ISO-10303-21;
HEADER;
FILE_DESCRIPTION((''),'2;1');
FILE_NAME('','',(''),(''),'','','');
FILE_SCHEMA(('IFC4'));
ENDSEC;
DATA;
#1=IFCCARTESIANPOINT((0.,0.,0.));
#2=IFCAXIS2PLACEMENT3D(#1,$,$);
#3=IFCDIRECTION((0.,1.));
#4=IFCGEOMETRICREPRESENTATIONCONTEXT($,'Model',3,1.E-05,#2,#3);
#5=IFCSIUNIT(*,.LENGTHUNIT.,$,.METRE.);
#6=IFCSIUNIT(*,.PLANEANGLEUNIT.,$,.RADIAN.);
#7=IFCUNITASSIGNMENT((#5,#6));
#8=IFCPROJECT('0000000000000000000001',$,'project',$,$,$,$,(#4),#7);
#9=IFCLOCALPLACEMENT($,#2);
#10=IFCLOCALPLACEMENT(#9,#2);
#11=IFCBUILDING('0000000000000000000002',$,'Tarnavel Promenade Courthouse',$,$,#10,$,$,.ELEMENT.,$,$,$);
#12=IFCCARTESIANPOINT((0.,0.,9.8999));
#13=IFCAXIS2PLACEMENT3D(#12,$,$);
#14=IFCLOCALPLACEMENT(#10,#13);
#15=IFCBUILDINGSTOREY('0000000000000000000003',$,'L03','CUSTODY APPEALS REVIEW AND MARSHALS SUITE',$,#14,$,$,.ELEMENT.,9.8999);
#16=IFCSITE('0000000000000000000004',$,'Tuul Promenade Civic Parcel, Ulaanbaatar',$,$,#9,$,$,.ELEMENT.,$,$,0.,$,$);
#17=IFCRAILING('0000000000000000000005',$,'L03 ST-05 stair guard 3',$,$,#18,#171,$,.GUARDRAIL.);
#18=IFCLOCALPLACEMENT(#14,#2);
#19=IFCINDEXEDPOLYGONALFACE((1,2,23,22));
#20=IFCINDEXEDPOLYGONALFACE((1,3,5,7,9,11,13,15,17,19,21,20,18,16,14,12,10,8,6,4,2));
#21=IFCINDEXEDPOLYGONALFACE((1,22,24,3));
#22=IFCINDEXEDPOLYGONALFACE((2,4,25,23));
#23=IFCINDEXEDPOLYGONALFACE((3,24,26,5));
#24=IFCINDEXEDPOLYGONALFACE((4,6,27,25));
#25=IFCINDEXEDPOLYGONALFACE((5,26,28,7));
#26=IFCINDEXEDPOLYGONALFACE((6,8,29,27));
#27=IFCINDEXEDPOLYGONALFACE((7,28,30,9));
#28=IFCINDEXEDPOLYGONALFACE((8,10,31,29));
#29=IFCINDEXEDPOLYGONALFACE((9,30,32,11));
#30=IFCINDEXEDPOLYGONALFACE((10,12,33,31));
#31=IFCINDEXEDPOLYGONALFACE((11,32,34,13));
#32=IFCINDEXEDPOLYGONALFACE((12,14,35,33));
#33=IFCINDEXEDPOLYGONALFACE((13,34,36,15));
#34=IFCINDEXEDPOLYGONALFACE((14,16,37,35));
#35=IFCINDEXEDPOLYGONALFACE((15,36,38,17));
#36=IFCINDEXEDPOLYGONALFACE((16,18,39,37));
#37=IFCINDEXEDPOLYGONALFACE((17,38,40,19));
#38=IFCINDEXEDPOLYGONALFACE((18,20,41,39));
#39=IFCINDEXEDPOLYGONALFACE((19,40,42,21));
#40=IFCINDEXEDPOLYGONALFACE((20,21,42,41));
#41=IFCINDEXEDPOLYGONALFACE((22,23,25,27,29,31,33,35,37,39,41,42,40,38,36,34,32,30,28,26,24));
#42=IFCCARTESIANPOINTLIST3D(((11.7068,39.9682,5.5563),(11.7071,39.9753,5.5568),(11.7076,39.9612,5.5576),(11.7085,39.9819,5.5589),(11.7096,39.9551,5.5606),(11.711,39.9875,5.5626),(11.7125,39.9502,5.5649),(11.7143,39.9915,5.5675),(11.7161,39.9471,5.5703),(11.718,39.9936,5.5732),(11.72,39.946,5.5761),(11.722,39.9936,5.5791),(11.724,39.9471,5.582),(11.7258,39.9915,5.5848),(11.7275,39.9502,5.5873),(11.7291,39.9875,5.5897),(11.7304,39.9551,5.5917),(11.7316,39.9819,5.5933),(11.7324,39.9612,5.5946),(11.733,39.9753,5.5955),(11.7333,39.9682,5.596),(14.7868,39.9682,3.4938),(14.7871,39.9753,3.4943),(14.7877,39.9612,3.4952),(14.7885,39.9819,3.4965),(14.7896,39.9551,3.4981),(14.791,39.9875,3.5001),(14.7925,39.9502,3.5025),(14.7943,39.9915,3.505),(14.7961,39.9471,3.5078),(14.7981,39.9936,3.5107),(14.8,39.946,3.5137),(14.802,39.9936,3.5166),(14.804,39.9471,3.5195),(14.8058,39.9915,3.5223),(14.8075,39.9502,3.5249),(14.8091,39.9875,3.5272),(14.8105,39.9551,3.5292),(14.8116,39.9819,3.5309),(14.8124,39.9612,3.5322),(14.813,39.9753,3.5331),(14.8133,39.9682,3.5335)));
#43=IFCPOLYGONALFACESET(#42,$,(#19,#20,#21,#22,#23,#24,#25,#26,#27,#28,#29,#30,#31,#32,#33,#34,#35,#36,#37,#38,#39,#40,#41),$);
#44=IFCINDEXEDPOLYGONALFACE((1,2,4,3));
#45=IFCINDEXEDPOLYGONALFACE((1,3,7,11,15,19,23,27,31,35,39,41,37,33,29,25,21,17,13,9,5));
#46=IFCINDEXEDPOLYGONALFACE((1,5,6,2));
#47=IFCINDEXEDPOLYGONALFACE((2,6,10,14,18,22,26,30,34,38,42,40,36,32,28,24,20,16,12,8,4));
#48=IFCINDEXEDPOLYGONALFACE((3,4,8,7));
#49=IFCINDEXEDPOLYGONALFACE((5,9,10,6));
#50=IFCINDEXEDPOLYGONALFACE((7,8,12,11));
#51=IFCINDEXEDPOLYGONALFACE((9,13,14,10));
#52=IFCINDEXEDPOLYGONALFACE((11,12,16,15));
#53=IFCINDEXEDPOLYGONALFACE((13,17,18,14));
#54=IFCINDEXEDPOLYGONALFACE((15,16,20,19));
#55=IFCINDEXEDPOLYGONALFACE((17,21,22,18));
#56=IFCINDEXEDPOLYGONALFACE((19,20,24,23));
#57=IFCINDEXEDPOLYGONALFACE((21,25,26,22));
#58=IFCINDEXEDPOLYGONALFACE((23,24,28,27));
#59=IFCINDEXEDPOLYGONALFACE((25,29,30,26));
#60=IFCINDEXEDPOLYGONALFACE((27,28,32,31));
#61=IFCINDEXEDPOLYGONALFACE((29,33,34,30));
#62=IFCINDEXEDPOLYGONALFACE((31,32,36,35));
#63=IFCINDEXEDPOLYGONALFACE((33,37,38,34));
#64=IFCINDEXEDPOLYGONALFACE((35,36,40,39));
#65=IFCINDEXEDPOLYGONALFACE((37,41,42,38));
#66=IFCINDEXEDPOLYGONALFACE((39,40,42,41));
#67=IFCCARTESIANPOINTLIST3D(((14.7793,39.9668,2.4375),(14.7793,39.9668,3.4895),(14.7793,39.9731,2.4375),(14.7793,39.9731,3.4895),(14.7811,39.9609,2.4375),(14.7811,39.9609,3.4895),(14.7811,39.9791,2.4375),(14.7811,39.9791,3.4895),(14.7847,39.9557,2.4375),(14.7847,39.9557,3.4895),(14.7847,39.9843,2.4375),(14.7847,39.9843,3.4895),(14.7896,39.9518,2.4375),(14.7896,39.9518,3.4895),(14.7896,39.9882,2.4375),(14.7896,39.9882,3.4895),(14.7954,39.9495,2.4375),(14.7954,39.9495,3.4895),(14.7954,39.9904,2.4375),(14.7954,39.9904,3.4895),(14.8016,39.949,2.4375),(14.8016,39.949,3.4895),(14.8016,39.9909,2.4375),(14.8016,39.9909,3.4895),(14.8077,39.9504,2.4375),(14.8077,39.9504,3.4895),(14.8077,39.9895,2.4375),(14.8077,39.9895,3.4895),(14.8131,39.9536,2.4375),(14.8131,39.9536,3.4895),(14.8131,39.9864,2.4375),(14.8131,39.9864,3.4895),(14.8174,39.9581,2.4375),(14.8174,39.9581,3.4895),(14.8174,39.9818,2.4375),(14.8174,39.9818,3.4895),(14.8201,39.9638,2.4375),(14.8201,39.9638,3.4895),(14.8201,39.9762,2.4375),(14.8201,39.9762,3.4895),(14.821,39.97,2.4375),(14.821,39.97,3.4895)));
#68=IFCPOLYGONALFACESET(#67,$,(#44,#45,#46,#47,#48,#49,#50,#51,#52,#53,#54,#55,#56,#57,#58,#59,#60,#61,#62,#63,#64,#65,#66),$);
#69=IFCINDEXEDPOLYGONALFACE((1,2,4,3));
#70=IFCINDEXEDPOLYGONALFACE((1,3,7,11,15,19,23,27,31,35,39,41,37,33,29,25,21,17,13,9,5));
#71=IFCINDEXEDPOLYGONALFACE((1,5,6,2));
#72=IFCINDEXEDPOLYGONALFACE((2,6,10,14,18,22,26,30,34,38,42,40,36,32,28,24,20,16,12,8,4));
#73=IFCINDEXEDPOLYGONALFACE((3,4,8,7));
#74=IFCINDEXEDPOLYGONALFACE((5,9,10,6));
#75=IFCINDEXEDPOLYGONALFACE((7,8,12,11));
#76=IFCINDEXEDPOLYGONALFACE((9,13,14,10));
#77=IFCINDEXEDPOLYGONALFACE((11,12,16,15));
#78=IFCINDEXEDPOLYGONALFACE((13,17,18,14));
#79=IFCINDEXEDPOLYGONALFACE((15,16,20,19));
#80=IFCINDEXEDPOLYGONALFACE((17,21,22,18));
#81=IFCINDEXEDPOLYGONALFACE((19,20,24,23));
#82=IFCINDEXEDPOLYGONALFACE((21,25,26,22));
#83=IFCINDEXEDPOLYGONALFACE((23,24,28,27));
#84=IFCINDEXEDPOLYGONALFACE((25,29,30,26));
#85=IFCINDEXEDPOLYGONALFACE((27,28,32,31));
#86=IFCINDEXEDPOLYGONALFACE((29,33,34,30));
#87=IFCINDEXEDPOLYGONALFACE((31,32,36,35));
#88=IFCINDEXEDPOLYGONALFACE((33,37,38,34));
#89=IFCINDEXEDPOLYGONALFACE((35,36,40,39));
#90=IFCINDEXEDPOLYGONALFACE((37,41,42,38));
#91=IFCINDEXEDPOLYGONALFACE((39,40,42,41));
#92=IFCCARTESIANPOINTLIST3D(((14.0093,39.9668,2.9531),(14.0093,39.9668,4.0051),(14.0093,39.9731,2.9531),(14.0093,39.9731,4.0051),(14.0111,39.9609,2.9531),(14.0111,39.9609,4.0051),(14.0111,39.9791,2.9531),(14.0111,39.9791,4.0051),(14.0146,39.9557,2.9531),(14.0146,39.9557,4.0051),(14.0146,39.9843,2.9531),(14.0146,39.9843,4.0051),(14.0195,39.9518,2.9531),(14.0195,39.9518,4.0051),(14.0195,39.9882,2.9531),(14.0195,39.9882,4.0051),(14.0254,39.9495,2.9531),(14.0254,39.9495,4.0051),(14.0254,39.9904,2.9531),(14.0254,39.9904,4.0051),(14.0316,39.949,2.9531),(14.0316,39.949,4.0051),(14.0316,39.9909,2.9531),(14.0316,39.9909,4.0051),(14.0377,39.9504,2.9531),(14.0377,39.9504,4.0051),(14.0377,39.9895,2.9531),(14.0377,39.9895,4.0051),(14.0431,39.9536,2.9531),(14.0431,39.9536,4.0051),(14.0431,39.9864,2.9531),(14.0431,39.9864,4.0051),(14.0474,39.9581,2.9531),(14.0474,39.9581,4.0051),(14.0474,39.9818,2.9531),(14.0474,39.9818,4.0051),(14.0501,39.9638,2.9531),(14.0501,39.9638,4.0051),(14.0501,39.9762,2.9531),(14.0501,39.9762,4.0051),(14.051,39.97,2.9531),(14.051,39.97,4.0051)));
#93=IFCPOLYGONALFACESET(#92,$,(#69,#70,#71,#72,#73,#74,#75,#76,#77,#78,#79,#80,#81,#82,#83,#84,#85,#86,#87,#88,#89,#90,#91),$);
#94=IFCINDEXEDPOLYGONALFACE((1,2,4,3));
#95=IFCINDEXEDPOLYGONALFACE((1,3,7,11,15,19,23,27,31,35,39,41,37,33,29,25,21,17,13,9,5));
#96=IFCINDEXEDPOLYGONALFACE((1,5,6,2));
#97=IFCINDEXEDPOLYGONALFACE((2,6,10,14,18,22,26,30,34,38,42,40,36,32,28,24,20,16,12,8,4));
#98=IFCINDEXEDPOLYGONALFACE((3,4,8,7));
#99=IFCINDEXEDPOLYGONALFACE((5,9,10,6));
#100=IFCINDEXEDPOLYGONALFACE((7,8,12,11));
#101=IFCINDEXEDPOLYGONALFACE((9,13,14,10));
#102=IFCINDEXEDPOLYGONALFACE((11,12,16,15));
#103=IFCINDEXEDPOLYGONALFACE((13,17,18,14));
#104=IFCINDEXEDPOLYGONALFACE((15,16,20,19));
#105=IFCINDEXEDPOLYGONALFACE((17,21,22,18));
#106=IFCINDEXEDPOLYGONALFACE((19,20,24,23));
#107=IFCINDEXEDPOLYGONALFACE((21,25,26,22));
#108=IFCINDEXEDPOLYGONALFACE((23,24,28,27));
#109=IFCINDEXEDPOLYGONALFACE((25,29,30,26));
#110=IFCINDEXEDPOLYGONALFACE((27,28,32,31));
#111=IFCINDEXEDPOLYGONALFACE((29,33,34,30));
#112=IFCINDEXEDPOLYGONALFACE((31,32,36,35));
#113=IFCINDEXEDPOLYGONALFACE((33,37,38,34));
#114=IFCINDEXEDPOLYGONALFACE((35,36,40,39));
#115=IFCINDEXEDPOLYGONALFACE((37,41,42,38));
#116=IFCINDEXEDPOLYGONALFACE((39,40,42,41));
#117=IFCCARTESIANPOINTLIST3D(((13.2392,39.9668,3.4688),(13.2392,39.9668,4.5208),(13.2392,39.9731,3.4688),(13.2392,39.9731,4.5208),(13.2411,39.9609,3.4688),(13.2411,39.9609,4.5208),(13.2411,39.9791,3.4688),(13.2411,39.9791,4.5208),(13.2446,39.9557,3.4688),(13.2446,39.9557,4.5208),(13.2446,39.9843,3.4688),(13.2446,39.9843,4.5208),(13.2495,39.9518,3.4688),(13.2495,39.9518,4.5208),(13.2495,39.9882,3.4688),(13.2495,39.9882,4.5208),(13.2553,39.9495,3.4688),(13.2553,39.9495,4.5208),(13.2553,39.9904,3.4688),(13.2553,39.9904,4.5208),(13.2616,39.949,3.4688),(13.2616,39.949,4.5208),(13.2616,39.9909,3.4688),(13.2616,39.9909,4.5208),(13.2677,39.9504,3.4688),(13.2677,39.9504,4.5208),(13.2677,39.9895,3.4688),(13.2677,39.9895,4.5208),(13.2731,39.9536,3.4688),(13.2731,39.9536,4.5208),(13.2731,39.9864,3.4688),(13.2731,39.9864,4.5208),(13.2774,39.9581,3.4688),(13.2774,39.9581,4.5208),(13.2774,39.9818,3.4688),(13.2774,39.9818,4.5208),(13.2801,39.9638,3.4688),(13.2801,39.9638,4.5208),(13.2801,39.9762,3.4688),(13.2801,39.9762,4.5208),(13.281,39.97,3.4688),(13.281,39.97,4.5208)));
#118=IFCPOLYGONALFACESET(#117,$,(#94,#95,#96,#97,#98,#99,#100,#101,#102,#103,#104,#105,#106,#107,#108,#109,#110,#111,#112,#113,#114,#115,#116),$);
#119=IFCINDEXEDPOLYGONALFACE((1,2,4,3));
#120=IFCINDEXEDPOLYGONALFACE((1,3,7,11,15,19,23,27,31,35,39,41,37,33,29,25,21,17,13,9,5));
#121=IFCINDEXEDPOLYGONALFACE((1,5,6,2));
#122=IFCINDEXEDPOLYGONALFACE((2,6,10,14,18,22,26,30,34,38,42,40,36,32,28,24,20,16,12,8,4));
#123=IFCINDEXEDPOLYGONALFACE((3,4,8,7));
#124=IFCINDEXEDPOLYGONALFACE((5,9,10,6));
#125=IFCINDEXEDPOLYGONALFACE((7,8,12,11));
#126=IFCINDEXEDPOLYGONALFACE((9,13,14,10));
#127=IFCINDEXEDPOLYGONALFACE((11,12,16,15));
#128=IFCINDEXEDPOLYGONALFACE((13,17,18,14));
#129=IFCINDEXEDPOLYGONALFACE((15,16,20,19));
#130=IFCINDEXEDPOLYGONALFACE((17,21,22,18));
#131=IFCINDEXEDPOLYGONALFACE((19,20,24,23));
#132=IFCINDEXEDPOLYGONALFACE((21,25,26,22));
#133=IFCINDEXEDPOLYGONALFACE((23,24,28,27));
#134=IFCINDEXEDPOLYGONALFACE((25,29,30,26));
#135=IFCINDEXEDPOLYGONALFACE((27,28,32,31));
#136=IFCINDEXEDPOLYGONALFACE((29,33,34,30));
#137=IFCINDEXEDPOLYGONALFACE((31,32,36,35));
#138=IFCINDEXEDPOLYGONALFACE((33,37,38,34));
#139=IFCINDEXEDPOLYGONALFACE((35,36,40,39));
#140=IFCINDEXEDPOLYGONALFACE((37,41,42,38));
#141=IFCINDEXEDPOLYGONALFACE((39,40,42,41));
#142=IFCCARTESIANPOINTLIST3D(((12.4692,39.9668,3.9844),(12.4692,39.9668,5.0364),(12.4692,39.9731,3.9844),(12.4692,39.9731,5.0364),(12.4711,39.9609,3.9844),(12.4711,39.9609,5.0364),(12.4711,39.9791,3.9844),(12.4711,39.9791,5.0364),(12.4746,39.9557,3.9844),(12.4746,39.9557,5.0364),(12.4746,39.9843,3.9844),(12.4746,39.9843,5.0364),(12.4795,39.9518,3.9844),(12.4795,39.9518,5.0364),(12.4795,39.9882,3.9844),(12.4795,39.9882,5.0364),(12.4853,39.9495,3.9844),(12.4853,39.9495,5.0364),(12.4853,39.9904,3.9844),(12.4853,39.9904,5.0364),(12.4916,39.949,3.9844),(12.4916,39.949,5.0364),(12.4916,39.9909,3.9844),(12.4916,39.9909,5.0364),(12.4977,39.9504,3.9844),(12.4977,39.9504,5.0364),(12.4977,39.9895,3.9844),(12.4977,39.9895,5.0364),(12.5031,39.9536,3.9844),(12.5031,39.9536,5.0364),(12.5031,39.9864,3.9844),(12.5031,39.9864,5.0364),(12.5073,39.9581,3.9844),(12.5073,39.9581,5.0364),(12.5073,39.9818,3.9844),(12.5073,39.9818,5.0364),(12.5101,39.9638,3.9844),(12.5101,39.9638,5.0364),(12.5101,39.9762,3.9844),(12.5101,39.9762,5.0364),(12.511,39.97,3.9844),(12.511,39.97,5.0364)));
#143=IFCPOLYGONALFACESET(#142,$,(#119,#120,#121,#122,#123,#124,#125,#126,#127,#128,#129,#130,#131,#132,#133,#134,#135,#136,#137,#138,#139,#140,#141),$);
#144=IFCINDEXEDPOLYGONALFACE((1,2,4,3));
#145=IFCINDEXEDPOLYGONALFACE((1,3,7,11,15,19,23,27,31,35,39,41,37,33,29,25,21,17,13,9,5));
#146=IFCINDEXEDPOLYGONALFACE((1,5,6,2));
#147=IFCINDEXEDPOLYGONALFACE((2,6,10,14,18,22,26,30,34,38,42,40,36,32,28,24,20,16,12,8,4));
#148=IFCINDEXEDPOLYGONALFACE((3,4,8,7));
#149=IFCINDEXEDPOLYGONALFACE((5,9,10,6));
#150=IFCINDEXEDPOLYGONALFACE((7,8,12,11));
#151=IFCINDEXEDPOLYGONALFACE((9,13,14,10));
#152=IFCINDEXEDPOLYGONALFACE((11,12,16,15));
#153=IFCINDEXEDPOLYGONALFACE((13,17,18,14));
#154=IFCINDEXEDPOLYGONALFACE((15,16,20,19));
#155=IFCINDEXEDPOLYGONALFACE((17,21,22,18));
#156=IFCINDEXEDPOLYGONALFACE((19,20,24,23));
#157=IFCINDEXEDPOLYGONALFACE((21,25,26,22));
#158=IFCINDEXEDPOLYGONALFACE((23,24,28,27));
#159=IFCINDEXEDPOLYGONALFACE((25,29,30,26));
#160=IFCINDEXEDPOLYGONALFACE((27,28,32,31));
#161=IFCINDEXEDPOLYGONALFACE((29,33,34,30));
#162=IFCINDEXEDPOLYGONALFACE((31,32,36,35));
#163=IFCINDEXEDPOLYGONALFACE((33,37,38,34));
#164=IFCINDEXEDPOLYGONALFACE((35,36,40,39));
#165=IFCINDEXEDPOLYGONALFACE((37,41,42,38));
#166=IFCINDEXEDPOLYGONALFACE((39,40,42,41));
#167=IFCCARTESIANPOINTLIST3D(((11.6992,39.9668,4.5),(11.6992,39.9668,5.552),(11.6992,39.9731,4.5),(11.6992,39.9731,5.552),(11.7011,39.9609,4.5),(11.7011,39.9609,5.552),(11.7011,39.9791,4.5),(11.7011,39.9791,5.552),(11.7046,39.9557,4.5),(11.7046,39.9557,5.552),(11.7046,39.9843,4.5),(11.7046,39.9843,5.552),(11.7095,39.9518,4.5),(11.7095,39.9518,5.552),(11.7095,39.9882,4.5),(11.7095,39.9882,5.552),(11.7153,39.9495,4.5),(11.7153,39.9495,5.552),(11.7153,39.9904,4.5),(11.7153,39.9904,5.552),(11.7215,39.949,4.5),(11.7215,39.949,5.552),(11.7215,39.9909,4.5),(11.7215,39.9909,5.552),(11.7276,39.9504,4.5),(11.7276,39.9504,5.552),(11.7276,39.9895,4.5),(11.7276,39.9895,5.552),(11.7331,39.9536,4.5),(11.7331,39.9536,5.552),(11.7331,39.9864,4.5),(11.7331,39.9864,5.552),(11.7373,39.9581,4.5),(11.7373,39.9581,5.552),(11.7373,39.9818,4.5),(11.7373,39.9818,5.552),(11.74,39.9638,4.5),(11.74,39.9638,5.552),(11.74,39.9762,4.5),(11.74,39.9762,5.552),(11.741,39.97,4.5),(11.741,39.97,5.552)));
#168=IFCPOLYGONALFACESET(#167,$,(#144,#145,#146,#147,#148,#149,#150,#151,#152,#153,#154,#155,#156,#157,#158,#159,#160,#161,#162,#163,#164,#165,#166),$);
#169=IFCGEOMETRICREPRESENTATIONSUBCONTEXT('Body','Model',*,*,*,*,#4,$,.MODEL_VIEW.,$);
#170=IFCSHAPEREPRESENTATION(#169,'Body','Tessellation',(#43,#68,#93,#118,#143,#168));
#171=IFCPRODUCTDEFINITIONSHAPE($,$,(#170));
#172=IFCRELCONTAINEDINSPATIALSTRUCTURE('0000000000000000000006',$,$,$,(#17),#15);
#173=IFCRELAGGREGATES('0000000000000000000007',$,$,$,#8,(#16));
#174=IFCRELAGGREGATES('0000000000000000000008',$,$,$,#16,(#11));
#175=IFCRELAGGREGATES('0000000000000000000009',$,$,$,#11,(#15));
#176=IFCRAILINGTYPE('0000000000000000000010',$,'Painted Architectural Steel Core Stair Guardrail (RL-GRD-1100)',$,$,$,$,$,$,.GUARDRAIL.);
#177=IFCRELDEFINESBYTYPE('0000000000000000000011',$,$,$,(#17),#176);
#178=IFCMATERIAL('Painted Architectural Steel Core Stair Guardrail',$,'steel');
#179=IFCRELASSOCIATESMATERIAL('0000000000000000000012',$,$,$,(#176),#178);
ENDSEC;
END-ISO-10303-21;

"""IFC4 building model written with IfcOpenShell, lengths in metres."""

from ifc_helpers import new_model, si_unit, direction, frame, origin, origin_2d, place, context, subcontext, project, spatial, circle, extrude, material, type_object, element, save


model = new_model("IFC4")

# Units and contexts
model_context = context("Model", 3, precision=1e-05, world=origin(), true_north=direction((0.0, 1.0)))
body_context = subcontext(model_context, "Body", "Model", "MODEL_VIEW")
ifc_project = project(units=[si_unit("LENGTHUNIT", "METRE"), si_unit("PLANEANGLEUNIT", "RADIAN")], contexts=[model_context])

# Site, building, storey
site_placement = place(None, origin())
site = spatial("IfcSite", under=ifc_project, at=site_placement, Name="Tuul Promenade Civic Parcel, Ulaanbaatar", CompositionType="ELEMENT", RefElevation=0.0)
building_placement = place(site_placement, origin())
building = spatial("IfcBuilding", under=site, at=building_placement, Name="Tarnavel Promenade Courthouse", CompositionType="ELEMENT")
storey_placement = place(building_placement, frame((0.0, 0.0, 9.8999)))
storey = spatial("IfcBuildingStorey", under=building, at=storey_placement, Name="L03", Description="CUSTODY APPEALS REVIEW AND MARSHALS SUITE", CompositionType="ELEMENT", Elevation=9.8999)

# Railing
ifc_material_1 = material(Name="Painted Architectural Steel Core Stair Guardrail", Category="steel")
railing_type_1 = type_object("IfcRailingType", Name="Painted Architectural Steel Core Stair Guardrail (RL-GRD-1100)", PredefinedType="GUARDRAIL", material=ifc_material_1)
railing_1_placement = place(storey_placement, frame((14.8, 39.97, 2.4375)))
element("IfcRailing", 1, at=railing_1_placement, inside=storey, type_object=railing_type_1, Name="L03 ST-05 stair guard 3", PredefinedType="GUARDRAIL", context=body_context, shape_type="SweptSolid", body=[
    extrude(circle(Radius=0.0239, at=origin_2d()), frame((0.0, 0.0, 1.0762), z_axis=(-0.830914, 0.0, 0.556401), x_axis=(0.0, -1.0, 0.0)), (0.0, 0.0, 1.0), 3.7068),
    extrude(circle(Radius=0.021, at=origin_2d()), origin(), (0.0, 0.0, 1.0), 1.052),
    extrude(circle(Radius=0.021, at=origin_2d()), frame((-0.77, 0.0, 0.5156)), (0.0, 0.0, 1.0), 1.052),
    extrude(circle(Radius=0.021, at=origin_2d()), frame((-1.54, 0.0, 1.0312)), (0.0, 0.0, 1.0), 1.052),
    extrude(circle(Radius=0.021, at=origin_2d()), frame((-2.3101, 0.0, 1.5469)), (0.0, 0.0, 1.0), 1.052),
    extrude(circle(Radius=0.021, at=origin_2d()), frame((-3.0801, 0.0, 2.0625)), (0.0, 0.0, 1.0), 1.052),
])

save(model, "model.ifc")
